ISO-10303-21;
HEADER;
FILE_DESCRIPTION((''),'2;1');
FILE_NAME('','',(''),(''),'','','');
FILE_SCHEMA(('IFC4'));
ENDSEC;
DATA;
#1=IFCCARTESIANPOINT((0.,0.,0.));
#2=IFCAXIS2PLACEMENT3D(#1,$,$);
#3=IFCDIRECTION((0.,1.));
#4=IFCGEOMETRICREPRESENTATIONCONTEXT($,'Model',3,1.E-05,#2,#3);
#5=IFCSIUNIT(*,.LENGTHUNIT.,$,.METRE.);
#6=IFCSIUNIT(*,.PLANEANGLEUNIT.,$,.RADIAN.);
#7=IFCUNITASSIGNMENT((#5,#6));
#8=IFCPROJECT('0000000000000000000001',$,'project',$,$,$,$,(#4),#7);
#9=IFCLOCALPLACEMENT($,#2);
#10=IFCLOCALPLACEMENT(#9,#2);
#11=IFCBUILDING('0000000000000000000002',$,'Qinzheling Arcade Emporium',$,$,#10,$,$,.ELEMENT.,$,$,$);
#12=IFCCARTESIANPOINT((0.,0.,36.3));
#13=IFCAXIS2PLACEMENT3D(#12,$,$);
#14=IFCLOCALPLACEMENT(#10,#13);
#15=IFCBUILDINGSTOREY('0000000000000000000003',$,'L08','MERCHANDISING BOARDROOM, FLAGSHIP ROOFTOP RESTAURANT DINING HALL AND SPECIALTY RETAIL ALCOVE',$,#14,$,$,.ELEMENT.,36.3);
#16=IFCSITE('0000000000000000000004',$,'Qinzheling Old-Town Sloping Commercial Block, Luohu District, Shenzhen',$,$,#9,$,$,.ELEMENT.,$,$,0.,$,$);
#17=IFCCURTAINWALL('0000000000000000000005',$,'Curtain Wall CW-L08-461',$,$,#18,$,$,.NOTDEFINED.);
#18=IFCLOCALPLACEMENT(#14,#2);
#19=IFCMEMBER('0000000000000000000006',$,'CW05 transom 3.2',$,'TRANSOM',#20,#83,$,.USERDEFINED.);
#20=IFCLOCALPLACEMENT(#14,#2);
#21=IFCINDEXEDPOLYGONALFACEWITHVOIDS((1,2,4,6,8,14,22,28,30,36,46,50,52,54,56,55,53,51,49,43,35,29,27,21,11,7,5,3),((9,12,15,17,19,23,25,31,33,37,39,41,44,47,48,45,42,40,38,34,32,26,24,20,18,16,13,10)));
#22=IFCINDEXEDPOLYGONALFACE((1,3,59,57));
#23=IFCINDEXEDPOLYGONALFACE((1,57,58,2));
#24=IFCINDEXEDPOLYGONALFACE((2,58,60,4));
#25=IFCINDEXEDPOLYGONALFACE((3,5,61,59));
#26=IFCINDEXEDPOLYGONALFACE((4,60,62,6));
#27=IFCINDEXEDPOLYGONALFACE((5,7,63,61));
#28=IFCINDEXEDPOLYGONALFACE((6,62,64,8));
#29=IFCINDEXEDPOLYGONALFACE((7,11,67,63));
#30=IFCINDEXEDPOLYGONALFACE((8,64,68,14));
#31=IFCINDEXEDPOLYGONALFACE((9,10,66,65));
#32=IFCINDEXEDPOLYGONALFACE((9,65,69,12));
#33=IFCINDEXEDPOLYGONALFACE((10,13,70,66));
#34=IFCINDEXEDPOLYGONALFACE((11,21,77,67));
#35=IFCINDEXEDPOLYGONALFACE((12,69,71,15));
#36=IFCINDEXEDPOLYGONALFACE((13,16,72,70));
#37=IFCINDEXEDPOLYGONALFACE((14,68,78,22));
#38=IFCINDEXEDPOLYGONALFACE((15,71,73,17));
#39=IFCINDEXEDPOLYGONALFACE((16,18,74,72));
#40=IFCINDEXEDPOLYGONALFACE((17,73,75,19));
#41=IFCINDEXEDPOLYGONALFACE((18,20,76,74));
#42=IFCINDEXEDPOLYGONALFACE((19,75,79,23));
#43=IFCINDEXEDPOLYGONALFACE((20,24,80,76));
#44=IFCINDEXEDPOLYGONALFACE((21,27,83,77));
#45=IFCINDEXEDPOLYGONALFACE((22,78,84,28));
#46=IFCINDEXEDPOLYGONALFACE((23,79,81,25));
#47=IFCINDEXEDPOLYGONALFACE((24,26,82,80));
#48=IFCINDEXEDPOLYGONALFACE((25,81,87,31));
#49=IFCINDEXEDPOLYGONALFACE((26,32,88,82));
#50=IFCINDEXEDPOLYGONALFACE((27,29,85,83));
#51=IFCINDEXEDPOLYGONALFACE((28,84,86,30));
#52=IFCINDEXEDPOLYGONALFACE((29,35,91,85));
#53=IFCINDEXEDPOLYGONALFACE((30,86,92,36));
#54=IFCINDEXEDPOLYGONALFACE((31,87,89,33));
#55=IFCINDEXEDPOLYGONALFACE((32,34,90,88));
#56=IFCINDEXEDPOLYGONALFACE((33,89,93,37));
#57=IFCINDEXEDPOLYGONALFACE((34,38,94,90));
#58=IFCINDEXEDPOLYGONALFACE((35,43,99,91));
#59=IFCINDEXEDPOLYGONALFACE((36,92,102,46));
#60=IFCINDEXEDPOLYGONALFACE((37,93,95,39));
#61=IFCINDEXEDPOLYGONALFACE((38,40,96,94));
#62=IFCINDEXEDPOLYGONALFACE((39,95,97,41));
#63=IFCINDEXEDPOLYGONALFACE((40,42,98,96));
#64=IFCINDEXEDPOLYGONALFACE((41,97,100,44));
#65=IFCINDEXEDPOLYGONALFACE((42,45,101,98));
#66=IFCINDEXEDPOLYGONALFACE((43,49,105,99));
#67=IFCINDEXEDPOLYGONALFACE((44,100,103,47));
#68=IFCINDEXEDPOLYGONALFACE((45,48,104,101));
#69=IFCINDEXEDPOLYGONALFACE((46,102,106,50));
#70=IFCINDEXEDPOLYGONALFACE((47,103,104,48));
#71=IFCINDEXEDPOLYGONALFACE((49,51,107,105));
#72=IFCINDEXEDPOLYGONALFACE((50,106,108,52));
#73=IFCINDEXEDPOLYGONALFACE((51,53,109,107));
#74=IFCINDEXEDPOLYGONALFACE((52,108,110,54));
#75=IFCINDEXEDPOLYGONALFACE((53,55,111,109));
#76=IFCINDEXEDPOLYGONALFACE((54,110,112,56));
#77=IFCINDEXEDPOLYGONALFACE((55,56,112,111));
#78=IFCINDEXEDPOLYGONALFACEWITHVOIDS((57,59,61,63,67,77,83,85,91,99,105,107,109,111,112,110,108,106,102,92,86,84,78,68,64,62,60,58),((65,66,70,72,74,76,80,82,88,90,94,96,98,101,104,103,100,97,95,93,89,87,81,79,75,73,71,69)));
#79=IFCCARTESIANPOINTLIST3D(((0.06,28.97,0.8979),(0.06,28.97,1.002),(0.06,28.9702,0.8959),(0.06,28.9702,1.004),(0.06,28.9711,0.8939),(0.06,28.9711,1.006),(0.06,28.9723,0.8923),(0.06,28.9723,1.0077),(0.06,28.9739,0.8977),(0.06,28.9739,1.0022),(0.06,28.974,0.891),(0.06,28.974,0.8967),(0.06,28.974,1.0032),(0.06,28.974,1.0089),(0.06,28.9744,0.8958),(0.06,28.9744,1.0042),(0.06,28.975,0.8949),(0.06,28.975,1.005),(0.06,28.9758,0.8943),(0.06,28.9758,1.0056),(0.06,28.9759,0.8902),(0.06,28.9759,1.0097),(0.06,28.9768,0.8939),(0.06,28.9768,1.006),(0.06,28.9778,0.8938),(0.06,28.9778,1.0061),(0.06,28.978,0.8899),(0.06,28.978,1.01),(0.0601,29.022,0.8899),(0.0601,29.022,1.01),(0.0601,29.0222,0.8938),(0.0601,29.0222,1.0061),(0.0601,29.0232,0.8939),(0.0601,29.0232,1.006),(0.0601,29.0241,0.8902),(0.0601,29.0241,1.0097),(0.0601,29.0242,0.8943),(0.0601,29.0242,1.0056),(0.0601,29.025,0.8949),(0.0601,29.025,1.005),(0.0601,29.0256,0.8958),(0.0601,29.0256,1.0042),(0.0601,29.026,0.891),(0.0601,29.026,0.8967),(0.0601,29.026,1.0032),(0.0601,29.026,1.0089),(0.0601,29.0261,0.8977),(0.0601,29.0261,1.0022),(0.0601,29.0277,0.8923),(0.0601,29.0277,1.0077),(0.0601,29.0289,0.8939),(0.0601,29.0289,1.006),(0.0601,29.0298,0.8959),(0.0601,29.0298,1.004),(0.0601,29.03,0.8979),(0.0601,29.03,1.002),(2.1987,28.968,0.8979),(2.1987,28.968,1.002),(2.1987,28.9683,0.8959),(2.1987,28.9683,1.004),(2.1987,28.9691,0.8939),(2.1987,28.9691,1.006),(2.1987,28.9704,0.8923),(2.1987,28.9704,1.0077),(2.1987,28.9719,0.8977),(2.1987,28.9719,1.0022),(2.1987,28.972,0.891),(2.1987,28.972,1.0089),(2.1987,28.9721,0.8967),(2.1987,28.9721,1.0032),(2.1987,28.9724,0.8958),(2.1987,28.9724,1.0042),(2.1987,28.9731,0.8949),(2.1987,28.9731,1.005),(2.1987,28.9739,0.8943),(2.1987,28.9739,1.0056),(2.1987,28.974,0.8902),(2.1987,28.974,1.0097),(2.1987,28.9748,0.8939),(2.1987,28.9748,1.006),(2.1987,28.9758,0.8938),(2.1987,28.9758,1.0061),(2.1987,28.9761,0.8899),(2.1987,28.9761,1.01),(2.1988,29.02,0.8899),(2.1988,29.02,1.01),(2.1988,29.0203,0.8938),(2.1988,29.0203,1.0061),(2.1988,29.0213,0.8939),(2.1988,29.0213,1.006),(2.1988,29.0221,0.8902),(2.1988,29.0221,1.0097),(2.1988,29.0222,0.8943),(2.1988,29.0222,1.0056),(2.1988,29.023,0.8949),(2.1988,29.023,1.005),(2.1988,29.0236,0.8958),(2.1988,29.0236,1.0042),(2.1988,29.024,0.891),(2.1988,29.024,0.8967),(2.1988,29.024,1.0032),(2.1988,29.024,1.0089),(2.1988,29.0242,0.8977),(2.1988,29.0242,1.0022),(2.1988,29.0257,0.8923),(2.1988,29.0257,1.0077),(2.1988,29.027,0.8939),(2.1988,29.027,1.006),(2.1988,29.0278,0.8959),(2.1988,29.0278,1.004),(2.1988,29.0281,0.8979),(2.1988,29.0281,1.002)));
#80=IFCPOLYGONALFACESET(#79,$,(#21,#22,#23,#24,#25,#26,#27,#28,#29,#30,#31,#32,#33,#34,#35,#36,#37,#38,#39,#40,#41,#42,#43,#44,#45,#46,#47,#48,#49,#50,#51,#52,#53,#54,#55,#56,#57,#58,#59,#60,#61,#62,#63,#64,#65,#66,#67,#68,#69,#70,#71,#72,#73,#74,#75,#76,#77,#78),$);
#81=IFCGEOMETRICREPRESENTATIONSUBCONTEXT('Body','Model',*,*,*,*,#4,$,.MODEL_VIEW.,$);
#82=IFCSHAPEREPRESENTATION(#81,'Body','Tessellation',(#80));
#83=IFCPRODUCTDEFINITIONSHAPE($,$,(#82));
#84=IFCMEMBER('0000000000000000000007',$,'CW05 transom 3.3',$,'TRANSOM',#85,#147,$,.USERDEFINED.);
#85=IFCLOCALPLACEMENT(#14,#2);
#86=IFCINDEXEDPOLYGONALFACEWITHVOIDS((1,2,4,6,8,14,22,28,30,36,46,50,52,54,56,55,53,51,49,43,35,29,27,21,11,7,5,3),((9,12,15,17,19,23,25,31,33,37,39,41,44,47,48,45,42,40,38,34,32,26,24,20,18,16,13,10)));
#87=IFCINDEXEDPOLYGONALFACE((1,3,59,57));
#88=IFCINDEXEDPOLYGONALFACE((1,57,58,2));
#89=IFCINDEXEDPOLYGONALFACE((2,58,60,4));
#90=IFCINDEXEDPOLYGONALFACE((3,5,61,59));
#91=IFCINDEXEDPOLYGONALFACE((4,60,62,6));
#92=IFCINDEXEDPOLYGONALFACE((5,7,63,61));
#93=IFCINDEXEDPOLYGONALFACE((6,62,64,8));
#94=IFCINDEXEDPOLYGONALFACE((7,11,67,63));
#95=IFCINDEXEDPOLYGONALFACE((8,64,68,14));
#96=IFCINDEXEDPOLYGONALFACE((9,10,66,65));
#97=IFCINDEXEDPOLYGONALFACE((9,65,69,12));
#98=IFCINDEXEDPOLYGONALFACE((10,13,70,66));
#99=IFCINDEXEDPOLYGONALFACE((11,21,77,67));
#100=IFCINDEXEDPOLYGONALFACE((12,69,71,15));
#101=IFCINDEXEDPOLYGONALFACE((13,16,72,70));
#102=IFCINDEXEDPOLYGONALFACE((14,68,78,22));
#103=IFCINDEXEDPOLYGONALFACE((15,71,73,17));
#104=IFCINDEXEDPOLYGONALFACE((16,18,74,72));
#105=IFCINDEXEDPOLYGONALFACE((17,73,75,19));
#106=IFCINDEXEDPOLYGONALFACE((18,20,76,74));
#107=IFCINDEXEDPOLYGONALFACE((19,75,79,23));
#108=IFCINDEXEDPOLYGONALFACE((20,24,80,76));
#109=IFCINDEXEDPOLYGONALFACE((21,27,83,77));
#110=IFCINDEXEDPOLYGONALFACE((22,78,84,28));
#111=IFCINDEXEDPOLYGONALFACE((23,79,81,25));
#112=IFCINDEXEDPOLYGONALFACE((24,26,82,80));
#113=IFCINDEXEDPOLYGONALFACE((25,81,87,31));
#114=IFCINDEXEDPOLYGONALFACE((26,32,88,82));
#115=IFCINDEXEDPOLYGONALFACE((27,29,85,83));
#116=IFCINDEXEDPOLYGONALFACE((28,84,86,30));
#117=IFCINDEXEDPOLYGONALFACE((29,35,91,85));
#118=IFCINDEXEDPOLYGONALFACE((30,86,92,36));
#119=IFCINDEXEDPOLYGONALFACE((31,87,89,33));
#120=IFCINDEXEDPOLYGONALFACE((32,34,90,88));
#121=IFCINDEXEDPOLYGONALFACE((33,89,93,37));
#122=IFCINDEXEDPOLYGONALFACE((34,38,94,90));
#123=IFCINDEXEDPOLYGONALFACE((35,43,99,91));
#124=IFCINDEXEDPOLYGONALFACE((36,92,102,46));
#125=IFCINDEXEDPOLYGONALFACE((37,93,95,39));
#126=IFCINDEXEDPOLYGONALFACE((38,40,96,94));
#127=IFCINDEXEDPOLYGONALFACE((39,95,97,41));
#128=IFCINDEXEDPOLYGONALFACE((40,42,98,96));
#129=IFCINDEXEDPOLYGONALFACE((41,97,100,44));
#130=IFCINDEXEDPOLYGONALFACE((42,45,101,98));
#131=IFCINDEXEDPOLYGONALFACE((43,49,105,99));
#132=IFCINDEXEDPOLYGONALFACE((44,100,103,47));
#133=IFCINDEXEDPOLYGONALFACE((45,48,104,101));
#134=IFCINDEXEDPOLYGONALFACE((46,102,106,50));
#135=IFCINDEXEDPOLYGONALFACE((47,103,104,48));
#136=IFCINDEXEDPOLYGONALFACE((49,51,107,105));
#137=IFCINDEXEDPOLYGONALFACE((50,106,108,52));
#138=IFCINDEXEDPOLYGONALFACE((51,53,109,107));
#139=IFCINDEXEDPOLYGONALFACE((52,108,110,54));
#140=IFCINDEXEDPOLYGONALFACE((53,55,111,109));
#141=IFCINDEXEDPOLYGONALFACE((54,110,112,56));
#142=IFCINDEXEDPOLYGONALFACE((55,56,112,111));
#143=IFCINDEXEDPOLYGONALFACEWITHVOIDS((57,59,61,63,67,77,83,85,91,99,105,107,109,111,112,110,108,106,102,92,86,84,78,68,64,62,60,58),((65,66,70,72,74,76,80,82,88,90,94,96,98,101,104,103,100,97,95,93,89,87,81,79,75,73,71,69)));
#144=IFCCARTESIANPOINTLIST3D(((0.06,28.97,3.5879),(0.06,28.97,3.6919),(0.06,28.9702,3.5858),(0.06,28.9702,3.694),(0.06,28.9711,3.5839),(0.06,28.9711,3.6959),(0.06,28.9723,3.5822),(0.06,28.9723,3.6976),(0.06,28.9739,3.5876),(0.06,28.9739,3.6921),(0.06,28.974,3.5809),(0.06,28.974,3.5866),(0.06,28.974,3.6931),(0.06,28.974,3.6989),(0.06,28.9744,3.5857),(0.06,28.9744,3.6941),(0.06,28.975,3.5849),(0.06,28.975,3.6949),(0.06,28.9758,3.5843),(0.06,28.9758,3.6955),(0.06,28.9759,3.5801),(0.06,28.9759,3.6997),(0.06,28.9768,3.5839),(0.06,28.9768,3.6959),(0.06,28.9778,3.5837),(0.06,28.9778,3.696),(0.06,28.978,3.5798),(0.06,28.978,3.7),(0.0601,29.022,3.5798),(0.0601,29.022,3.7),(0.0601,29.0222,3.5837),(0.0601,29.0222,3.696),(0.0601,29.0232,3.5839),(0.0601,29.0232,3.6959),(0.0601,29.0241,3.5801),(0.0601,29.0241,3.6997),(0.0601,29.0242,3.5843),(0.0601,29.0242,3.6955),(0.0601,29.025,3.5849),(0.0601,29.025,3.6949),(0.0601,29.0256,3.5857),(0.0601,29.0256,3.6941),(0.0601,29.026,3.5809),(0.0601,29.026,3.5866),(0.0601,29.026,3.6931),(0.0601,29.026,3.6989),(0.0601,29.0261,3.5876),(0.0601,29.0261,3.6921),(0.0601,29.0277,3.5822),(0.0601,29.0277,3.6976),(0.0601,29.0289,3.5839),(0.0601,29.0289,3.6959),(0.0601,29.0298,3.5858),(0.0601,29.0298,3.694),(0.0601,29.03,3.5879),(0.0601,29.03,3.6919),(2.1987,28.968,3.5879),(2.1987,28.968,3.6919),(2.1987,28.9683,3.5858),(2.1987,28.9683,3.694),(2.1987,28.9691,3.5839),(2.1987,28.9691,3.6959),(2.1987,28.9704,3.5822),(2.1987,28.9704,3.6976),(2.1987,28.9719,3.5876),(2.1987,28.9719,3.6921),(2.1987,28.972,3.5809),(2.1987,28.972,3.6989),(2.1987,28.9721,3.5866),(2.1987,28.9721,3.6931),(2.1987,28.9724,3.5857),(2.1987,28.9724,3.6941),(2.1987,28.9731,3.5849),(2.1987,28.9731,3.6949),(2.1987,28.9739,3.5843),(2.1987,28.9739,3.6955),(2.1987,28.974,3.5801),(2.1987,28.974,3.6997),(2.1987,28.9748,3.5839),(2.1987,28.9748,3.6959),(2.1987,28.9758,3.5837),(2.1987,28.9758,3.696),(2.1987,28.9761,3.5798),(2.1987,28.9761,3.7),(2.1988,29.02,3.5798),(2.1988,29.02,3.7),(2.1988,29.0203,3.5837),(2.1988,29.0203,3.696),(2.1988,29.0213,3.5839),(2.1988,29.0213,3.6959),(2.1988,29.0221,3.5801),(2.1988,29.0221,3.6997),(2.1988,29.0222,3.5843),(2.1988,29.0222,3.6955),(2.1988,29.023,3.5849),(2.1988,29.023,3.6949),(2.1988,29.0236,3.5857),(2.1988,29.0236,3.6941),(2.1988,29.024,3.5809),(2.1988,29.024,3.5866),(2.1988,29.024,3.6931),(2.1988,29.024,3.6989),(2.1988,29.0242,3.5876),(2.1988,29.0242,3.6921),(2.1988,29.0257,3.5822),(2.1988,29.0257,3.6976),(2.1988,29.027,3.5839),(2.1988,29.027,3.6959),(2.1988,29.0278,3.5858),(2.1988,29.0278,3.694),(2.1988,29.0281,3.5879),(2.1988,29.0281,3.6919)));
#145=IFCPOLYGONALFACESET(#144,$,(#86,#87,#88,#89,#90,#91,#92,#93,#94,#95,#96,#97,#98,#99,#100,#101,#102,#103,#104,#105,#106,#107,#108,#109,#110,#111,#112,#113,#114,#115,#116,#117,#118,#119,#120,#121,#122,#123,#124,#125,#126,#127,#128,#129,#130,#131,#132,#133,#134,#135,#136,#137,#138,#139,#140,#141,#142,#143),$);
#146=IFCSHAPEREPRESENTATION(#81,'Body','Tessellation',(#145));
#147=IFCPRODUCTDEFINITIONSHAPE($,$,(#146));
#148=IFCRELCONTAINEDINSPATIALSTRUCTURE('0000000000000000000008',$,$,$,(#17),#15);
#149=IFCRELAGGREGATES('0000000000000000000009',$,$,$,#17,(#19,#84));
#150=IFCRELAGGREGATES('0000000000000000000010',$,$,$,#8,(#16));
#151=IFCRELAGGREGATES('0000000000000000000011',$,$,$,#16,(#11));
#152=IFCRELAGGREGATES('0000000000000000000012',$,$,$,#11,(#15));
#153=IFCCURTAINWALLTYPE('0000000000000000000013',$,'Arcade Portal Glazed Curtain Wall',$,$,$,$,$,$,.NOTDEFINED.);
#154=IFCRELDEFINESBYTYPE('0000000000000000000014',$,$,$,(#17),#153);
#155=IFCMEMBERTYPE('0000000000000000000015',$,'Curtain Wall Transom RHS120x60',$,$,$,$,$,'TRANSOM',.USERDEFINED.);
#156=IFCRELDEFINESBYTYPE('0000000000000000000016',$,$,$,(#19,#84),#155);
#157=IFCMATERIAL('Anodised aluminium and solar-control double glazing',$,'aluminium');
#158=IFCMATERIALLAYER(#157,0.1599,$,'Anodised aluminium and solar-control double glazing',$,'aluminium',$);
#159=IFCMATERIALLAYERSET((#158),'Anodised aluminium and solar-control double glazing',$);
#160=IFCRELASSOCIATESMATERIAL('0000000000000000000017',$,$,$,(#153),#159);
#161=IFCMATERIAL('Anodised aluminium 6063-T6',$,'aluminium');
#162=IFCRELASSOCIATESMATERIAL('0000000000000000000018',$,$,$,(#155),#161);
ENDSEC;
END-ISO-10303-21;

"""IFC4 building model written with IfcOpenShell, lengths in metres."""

from ifc_helpers import new_model, si_unit, direction, frame, origin, origin_2d, place, context, subcontext, project, spatial, hollow_rectangle, extrude, material, layer, layer_set, material_profile, profile_set, type_object, element, aggregate, save


model = new_model("IFC4")

# Units and contexts
model_context = context("Model", 3, precision=1e-05, world=origin(), true_north=direction((0.0, 1.0)))
body_context = subcontext(model_context, "Body", "Model", "MODEL_VIEW")
ifc_project = project(units=[si_unit("LENGTHUNIT", "METRE"), si_unit("PLANEANGLEUNIT", "RADIAN")], contexts=[model_context])

# Site, building, storey
site_placement = place(None, origin())
site = spatial("IfcSite", under=ifc_project, at=site_placement, Name="Qinzheling Old-Town Sloping Commercial Block, Luohu District, Shenzhen", CompositionType="ELEMENT", RefElevation=0.0)
building_placement = place(site_placement, origin())
building = spatial("IfcBuilding", under=site, at=building_placement, Name="Qinzheling Arcade Emporium", CompositionType="ELEMENT")
storey_placement = place(building_placement, frame((0.0, 0.0, 36.3)))
storey = spatial("IfcBuildingStorey", under=building, at=storey_placement, Name="L08", Description="MERCHANDISING BOARDROOM, FLAGSHIP ROOFTOP RESTAURANT DINING HALL AND SPECIALTY RETAIL ALCOVE", CompositionType="ELEMENT", Elevation=36.3)

# Curtain wall, members
ifc_material_1 = material(Name="Anodised aluminium and solar-control double glazing", Category="aluminium")
ifc_layer_1 = layer(ifc_material_1, 0.1599, Name="Anodised aluminium and solar-control double glazing", Category="aluminium")
ifc_layer_set_1 = layer_set([ifc_layer_1], Name="Anodised aluminium and solar-control double glazing")
curtain_wall_type = type_object("IfcCurtainWallType", Name="Arcade Portal Glazed Curtain Wall", PredefinedType="NOTDEFINED", material=ifc_layer_set_1)
ifc_material_2 = material(Name="Anodised aluminium 6063-T6", Category="aluminium")
curtain_wall_1_placement = place(storey_placement, origin())
curtain_wall_1 = element("IfcCurtainWall", 1, at=curtain_wall_1_placement, inside=storey, type_object=curtain_wall_type, Name="Curtain Wall CW-L08-461", PredefinedType="NOTDEFINED")
ifc_material_profile_1 = material_profile(ifc_material_2, hollow_rectangle(XDim=0.0601, YDim=0.1201, WallThickness=0.0039, InnerFilletRadius=0.0039, OuterFilletRadius=0.0081, at=origin_2d()), Name="RHS 120x60x4", Category="aluminium")
ifc_profile_set_1 = profile_set([ifc_material_profile_1], Name="Anodised aluminium 6063-T6")
member_type_1 = type_object("IfcMemberType", Name="Curtain Wall Transom RHS120x60", ElementType="TRANSOM", PredefinedType="USERDEFINED", material=ifc_profile_set_1)
member_1_placement = place(storey_placement, frame((2.1987, 28.998, 0.95), z_axis=(-1.0, 0.000913, 0.0), x_axis=(-0.000913, -1.0, 0.0)))
member_1 = element("IfcMember", 2, at=member_1_placement, type_object=member_type_1, Name="CW05 transom 3.2", ObjectType="TRANSOM", PredefinedType="USERDEFINED", context=body_context, shape_type="SweptSolid", body=[
    extrude(hollow_rectangle(XDim=0.0601, YDim=0.1201, WallThickness=0.0039, InnerFilletRadius=0.0039, OuterFilletRadius=0.0081, at=origin_2d()), origin(), (0.0, 0.0, 1.0), 2.1387),
])
member_2_placement = place(storey_placement, frame((2.1987, 28.998, 3.6399), z_axis=(-1.0, 0.000913, 0.0), x_axis=(-0.000913, -1.0, 0.0)))
member_2 = element("IfcMember", 3, at=member_2_placement, type_object=member_type_1, Name="CW05 transom 3.3", ObjectType="TRANSOM", PredefinedType="USERDEFINED", context=body_context, shape_type="SweptSolid", body=[
    extrude(hollow_rectangle(XDim=0.0601, YDim=0.1201, WallThickness=0.0039, InnerFilletRadius=0.0039, OuterFilletRadius=0.0081, at=origin_2d()), origin(), (0.0, 0.0, 1.0), 2.1387),
])

aggregate(curtain_wall_1, [member_1, member_2])

save(model, "model.ifc")
